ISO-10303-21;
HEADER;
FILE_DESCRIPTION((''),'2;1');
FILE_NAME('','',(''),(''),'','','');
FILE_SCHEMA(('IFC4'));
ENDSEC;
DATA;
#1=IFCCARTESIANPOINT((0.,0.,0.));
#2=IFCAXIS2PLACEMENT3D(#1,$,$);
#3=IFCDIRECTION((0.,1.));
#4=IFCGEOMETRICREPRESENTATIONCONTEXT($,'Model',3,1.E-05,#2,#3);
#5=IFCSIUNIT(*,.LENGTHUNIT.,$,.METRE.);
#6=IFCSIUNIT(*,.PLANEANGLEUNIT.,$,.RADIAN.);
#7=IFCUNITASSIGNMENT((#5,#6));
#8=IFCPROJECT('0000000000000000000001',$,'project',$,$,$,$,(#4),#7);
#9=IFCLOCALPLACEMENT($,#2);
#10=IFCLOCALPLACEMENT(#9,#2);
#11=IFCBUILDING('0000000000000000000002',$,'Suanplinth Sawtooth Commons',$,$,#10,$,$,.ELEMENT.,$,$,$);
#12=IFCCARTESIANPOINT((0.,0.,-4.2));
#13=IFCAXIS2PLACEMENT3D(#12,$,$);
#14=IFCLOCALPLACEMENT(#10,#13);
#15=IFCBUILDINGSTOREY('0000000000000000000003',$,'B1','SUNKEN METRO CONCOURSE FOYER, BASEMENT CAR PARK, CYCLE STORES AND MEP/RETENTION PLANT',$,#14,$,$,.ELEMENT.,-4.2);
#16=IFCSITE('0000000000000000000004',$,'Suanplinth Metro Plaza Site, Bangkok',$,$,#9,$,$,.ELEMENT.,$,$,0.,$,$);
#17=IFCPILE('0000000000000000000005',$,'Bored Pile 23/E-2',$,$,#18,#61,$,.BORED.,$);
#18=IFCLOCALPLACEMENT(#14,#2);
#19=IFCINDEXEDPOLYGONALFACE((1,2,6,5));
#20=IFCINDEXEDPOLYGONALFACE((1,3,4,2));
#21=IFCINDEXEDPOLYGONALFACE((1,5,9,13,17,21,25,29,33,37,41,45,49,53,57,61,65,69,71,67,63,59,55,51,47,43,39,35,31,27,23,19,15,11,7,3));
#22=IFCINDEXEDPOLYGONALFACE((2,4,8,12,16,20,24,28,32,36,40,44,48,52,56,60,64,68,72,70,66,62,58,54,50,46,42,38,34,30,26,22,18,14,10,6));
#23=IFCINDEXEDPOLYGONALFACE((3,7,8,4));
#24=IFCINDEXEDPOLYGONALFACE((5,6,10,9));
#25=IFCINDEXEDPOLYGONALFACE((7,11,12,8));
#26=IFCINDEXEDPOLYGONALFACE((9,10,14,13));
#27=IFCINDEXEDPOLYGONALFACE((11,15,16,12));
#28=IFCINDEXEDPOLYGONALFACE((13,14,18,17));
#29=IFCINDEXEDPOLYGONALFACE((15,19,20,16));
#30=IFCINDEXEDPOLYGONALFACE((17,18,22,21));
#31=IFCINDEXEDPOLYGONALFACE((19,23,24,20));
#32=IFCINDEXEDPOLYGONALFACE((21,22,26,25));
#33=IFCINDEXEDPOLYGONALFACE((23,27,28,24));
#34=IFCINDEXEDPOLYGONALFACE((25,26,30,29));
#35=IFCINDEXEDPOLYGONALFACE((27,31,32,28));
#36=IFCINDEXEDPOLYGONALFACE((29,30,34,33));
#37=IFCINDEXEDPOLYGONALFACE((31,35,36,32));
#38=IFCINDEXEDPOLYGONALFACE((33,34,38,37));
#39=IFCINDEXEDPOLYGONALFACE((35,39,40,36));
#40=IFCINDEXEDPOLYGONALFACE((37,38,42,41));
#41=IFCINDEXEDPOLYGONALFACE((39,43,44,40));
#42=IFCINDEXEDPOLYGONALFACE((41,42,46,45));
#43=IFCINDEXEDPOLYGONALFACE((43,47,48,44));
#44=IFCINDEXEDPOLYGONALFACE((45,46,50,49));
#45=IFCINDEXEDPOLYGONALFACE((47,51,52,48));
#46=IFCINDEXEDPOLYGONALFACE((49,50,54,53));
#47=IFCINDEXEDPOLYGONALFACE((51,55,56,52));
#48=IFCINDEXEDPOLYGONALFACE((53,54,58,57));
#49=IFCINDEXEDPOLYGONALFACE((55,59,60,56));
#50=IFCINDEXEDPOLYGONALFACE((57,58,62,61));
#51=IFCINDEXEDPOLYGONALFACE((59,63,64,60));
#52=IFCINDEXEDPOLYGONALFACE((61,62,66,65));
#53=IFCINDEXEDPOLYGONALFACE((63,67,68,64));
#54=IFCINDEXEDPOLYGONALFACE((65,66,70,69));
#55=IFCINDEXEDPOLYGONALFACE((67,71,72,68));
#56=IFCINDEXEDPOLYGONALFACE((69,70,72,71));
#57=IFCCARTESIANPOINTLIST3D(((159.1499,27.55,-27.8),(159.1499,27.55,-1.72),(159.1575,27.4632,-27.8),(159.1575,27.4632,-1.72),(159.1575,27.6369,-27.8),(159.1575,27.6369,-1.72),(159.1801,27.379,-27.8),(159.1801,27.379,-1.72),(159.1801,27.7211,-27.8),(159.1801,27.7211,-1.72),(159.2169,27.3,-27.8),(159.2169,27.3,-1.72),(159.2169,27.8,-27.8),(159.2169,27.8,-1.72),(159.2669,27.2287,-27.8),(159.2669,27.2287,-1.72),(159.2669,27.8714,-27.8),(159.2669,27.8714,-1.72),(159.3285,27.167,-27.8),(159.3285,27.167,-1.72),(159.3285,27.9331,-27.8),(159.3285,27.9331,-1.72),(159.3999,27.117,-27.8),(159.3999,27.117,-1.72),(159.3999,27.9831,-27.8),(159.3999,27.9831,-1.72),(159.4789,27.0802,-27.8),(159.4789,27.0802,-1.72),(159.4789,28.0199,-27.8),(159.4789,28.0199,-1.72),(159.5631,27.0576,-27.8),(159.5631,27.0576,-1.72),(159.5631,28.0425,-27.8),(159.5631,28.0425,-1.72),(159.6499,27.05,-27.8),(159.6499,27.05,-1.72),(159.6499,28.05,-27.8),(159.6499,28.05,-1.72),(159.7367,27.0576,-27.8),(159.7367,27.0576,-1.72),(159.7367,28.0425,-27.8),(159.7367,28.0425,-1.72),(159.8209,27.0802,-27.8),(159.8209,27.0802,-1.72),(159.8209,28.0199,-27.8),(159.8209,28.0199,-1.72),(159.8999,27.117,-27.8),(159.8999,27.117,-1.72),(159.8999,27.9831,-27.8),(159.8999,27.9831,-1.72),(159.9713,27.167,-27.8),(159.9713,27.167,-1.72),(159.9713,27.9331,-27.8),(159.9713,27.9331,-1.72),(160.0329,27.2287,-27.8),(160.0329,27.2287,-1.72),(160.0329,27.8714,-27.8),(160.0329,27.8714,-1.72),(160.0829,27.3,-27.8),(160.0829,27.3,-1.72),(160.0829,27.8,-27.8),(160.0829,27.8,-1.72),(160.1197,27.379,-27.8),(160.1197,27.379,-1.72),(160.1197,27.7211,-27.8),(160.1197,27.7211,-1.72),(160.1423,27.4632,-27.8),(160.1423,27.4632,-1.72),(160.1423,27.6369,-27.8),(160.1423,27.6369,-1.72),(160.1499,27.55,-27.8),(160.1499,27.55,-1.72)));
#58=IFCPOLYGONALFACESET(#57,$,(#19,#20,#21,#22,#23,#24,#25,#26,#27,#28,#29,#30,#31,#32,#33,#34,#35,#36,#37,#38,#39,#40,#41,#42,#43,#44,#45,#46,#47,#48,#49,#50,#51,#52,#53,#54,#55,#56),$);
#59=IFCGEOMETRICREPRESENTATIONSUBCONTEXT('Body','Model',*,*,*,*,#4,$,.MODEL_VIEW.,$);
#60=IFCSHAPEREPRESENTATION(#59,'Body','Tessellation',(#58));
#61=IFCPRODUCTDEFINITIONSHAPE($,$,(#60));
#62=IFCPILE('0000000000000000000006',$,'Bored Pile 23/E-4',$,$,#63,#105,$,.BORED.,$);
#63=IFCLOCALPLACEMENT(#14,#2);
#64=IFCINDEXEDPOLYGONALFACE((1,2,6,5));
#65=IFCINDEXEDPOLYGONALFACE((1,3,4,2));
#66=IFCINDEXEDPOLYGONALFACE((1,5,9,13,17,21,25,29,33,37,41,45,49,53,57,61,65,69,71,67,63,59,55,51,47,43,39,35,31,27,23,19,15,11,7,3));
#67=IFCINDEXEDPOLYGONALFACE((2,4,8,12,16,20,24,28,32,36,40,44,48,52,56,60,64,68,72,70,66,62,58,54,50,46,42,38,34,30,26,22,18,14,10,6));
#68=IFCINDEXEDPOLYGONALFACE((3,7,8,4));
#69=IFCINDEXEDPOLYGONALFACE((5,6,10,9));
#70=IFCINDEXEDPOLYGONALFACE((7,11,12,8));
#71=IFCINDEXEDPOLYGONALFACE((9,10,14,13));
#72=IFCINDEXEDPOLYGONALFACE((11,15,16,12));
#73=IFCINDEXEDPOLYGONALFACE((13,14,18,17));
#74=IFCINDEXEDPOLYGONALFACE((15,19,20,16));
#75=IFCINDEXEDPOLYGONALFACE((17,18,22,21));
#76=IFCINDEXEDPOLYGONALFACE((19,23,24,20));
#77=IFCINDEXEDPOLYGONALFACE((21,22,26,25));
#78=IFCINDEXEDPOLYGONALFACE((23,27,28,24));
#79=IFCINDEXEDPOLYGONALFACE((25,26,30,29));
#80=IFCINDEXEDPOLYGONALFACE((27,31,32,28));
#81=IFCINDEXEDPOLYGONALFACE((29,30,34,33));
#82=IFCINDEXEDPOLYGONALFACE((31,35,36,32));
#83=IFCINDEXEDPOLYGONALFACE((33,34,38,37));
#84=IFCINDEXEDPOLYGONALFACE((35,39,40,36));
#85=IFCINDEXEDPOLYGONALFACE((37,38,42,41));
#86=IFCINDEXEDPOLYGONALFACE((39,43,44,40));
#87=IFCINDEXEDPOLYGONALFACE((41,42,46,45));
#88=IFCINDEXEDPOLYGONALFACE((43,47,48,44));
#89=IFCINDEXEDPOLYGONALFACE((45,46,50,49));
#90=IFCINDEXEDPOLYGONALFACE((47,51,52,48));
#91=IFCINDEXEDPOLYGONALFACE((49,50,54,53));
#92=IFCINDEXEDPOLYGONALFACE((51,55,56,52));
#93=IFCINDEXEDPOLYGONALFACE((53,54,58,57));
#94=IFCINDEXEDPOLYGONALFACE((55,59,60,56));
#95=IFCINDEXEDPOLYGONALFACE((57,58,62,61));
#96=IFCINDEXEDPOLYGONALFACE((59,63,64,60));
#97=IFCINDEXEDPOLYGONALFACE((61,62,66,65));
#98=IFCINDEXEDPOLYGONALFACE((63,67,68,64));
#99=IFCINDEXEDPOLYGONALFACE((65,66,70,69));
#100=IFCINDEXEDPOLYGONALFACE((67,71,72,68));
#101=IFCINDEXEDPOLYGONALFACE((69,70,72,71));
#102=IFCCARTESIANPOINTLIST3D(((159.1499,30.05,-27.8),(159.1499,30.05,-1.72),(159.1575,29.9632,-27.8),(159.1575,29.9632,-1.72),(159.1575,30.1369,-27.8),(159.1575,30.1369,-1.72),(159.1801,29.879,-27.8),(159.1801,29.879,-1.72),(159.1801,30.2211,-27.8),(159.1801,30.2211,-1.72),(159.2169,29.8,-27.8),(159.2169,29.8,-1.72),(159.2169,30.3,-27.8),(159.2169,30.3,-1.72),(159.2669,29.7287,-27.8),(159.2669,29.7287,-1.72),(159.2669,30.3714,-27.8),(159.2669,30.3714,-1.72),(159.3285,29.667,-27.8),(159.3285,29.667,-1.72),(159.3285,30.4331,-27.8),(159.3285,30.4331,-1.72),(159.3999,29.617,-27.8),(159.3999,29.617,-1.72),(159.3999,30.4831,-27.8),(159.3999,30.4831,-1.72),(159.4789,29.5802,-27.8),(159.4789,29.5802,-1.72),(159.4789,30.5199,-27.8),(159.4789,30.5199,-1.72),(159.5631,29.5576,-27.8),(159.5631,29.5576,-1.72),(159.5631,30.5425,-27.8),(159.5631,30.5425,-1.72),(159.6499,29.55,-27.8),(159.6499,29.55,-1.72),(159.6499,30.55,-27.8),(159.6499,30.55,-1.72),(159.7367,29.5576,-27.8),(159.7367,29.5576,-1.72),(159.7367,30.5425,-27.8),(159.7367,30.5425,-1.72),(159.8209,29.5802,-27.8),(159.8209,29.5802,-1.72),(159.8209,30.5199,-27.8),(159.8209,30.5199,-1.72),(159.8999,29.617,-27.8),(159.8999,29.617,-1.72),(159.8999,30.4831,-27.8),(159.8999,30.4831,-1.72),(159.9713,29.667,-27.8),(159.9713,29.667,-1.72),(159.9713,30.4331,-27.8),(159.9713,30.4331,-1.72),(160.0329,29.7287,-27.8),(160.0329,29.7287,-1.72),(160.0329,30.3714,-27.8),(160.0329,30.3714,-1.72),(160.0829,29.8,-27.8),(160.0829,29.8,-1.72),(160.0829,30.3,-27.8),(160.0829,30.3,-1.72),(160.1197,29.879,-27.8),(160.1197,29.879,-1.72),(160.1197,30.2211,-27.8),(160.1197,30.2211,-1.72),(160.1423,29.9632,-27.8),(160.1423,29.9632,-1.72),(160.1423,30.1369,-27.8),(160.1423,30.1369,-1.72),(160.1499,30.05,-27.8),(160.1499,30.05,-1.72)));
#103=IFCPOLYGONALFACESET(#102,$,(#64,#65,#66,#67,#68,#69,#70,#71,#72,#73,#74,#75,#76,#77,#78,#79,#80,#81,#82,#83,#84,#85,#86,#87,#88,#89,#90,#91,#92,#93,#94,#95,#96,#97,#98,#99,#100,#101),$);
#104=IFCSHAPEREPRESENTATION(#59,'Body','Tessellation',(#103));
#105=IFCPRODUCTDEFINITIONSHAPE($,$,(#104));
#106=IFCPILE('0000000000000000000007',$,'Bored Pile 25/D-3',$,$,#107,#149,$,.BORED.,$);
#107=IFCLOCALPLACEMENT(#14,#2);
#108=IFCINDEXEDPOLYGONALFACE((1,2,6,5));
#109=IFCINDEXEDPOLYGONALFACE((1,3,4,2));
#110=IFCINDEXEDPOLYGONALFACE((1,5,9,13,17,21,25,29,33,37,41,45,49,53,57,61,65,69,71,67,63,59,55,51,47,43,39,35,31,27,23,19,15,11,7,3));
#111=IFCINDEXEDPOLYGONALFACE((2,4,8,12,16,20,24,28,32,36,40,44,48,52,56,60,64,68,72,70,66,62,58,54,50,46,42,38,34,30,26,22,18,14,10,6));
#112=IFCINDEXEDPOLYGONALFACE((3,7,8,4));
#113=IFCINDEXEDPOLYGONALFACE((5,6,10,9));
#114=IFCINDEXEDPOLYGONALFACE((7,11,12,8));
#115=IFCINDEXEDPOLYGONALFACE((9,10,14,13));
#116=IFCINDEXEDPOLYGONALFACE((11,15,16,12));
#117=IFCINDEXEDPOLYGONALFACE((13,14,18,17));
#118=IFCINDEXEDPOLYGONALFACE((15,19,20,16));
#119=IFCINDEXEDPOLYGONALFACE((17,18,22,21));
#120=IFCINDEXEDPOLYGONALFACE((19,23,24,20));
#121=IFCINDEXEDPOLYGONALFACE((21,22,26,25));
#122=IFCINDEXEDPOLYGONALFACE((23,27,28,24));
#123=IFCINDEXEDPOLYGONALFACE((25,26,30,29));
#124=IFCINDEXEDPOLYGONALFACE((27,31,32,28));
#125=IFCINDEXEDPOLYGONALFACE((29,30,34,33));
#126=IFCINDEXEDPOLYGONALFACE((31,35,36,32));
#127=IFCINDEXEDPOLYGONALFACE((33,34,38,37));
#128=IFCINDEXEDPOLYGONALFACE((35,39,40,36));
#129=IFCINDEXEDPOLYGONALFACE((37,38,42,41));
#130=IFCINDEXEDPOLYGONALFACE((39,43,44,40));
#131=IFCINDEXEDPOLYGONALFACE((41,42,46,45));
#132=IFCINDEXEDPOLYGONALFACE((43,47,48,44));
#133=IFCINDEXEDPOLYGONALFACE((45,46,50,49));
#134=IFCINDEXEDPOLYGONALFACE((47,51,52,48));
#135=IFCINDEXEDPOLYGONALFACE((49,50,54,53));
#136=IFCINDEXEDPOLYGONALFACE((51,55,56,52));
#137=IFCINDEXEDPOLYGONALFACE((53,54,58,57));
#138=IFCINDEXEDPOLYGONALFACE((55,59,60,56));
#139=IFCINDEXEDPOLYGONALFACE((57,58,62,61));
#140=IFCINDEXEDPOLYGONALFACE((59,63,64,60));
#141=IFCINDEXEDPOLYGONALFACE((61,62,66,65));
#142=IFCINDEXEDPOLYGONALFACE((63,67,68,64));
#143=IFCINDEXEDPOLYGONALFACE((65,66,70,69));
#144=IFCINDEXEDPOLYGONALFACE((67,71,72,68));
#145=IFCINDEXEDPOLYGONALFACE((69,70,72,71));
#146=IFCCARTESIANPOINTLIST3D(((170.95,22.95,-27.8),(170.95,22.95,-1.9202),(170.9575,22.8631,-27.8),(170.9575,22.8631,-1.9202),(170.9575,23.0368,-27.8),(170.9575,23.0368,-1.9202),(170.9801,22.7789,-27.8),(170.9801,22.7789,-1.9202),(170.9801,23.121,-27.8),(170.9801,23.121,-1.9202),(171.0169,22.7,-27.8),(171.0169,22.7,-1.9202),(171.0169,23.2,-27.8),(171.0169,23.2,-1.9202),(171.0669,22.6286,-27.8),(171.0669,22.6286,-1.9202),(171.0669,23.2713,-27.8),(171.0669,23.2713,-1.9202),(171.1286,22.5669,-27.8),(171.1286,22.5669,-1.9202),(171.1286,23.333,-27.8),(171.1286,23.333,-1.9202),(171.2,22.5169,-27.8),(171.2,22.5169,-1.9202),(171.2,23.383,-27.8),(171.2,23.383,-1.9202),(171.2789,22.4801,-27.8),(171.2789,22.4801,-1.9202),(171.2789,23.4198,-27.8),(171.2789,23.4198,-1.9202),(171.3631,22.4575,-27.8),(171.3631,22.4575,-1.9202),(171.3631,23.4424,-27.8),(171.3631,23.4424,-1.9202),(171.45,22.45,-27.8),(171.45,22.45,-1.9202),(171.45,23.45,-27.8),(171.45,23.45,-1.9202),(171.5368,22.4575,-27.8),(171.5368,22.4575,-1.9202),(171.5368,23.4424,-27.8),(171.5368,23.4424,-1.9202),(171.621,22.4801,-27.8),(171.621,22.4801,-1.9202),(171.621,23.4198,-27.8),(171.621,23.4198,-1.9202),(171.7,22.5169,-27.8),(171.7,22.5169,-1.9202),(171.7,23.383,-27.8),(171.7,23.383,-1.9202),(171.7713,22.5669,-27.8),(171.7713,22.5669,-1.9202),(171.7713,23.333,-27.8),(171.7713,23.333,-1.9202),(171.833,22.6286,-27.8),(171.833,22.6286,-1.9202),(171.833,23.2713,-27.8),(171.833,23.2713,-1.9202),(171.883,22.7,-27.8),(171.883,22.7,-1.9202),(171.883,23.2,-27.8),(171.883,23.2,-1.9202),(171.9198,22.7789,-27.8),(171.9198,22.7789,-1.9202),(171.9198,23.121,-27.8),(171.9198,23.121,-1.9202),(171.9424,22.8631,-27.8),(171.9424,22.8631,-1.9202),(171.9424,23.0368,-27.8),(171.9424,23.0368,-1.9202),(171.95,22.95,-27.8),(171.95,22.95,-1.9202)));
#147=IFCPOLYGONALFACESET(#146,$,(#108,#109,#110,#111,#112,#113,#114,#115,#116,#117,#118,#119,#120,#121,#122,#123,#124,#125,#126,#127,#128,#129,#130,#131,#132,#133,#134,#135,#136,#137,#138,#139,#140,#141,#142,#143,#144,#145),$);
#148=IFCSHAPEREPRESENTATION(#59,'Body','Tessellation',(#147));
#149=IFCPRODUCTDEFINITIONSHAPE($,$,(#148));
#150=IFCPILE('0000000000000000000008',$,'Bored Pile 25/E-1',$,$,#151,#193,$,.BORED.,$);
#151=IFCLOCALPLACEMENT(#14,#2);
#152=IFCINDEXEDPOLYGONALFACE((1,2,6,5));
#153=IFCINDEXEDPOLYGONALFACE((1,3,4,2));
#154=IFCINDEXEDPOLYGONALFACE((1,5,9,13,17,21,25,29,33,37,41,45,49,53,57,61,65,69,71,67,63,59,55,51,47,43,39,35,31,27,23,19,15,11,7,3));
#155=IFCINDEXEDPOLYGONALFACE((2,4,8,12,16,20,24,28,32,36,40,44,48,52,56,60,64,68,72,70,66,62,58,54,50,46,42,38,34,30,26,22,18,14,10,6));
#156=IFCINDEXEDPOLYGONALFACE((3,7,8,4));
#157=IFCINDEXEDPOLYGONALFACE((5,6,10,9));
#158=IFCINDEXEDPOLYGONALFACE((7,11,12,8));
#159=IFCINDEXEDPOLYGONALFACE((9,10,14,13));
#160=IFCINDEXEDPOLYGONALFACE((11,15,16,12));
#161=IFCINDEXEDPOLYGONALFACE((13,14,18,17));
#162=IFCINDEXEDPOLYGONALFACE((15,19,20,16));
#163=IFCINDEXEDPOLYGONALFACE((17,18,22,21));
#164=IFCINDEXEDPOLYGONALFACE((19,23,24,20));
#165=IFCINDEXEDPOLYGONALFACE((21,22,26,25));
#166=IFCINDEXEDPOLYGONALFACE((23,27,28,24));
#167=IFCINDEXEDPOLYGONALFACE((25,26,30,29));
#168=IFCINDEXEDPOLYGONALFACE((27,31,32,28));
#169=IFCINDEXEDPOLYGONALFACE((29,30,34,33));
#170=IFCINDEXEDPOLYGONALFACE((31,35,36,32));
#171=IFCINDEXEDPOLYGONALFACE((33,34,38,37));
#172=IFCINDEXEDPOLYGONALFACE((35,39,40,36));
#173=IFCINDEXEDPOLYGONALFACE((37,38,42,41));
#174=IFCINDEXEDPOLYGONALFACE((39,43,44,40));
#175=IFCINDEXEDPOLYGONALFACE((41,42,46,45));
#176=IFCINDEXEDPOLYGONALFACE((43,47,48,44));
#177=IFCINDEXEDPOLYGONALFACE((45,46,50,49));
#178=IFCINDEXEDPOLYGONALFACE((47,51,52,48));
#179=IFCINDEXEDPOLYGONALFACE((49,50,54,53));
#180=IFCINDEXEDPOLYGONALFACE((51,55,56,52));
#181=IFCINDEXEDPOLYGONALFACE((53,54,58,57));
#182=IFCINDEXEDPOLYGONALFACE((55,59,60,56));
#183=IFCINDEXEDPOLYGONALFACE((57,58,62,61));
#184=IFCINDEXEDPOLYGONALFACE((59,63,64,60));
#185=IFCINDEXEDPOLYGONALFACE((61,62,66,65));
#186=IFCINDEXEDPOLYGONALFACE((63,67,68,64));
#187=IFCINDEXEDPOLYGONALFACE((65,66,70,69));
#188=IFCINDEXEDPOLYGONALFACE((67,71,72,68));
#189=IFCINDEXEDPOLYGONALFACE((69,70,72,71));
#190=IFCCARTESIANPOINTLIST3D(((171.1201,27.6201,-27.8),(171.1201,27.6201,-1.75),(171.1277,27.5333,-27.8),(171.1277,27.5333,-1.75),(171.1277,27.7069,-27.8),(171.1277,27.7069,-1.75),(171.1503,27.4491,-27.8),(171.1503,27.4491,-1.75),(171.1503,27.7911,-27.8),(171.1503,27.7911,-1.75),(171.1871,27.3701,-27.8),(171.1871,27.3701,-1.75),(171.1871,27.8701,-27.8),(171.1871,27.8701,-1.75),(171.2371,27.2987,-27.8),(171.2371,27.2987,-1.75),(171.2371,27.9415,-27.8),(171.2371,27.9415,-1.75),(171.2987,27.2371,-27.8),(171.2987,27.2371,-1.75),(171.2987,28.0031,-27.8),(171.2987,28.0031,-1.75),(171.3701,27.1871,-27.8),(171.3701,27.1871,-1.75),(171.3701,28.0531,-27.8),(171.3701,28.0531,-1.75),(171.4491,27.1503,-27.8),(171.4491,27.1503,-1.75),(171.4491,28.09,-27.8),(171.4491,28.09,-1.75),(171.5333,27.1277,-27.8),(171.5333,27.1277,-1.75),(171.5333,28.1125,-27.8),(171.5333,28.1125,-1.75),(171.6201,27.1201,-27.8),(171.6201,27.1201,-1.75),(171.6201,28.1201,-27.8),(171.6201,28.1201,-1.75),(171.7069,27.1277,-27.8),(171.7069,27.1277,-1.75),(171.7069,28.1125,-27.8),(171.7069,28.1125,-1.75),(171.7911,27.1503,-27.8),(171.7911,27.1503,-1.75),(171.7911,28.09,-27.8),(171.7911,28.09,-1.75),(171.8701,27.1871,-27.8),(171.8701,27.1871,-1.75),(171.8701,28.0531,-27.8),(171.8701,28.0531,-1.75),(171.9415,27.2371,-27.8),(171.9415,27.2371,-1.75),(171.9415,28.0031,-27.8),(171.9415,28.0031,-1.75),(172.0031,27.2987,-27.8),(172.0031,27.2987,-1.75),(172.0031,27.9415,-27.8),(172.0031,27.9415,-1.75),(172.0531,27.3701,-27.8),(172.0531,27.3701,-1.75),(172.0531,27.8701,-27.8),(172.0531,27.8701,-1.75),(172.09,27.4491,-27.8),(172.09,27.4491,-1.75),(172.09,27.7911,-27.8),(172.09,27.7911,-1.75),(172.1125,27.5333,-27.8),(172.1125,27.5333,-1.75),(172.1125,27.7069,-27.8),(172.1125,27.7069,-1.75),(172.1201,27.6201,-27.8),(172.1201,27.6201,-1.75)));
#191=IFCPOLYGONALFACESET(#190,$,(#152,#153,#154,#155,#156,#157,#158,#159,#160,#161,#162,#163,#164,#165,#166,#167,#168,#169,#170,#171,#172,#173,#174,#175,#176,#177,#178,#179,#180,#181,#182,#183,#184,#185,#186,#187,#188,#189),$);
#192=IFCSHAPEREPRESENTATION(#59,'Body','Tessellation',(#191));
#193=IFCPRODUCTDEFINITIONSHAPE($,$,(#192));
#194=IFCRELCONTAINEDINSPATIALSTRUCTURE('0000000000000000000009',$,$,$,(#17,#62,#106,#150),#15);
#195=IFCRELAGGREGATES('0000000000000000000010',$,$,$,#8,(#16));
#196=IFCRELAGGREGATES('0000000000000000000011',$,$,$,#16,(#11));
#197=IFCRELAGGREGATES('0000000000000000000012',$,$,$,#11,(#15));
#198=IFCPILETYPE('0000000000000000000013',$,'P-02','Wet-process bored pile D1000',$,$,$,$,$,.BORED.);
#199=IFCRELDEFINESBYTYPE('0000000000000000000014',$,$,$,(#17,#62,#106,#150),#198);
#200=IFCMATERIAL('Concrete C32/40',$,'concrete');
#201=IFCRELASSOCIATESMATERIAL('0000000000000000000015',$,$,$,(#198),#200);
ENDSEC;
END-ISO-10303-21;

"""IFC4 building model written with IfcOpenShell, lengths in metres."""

from ifc_helpers import new_model, si_unit, direction, frame, origin, origin_2d, place, context, subcontext, project, spatial, circle, extrude, material, material_profile, profile_set, type_object, element, save


model = new_model("IFC4")

# Units and contexts
model_context = context("Model", 3, precision=1e-05, world=origin(), true_north=direction((0.0, 1.0)))
body_context = subcontext(model_context, "Body", "Model", "MODEL_VIEW")
ifc_project = project(units=[si_unit("LENGTHUNIT", "METRE"), si_unit("PLANEANGLEUNIT", "RADIAN")], contexts=[model_context])

# Site, building, storey
site_placement = place(None, origin())
site = spatial("IfcSite", under=ifc_project, at=site_placement, Name="Suanplinth Metro Plaza Site, Bangkok", CompositionType="ELEMENT", RefElevation=0.0)
building_placement = place(site_placement, origin())
building = spatial("IfcBuilding", under=site, at=building_placement, Name="Suanplinth Sawtooth Commons", CompositionType="ELEMENT")
storey_placement = place(building_placement, frame((0.0, 0.0, -4.2)))
storey = spatial("IfcBuildingStorey", under=building, at=storey_placement, Name="B1", Description="SUNKEN METRO CONCOURSE FOYER, BASEMENT CAR PARK, CYCLE STORES AND MEP/RETENTION PLANT", CompositionType="ELEMENT", Elevation=-4.2)

# Piles
ifc_material_1 = material(Name="Concrete C32/40", Category="concrete")
ifc_material_profile_1 = material_profile(ifc_material_1, circle(Radius=0.5, at=origin_2d()), Name="PILE D1000")
ifc_profile_set_1 = profile_set([ifc_material_profile_1], Name="Concrete C32/40")
pile_type_1 = type_object("IfcPileType", Name="P-02", Description="Wet-process bored pile D1000", PredefinedType="BORED", material=ifc_profile_set_1)
for number, where, z_axis, x_axis, name in (
    (1, (159.6499, 27.55, -1.72), (0.0, 0.0, -1.0), (1.0, 0.0, 0.0), "Bored Pile 23/E-2"),
    (2, (159.6499, 30.05, -1.72), (0.0, 0.0, -1.0), (1.0, 0.0, 0.0), "Bored Pile 23/E-4"),
):
    element("IfcPile", number, at=place(storey_placement, frame(where, z_axis=z_axis, x_axis=x_axis)), inside=storey, type_object=pile_type_1, Name=name, PredefinedType="BORED", context=body_context, shape_type="SweptSolid", body=[
        extrude(circle(Radius=0.5, at=origin_2d()), origin(), (0.0, 0.0, 1.0), 26.0801),
    ])
pile_placement = place(storey_placement, frame((171.45, 22.95, -1.9202), z_axis=(0.0, 0.0, -1.0), x_axis=(1.0, 0.0, 0.0)))
element("IfcPile", 3, at=pile_placement, inside=storey, type_object=pile_type_1, Name="Bored Pile 25/D-3", PredefinedType="BORED", context=body_context, shape_type="SweptSolid", body=[
    extrude(circle(Radius=0.5, at=origin_2d()), origin(), (0.0, 0.0, 1.0), 25.8799),
])
for number, where, z_axis, x_axis, name in (
    (4, (171.6201, 27.6201, -1.75), (0.0, 0.0, -1.0), (1.0, 0.0, 0.0), "Bored Pile 25/E-1"),
):
    element("IfcPile", number, at=place(storey_placement, frame(where, z_axis=z_axis, x_axis=x_axis)), inside=storey, type_object=pile_type_1, Name=name, PredefinedType="BORED", context=body_context, shape_type="SweptSolid", body=[
        extrude(circle(Radius=0.5, at=origin_2d()), origin(), (0.0, 0.0, 1.0), 26.05),
    ])

save(model, "model.ifc")
